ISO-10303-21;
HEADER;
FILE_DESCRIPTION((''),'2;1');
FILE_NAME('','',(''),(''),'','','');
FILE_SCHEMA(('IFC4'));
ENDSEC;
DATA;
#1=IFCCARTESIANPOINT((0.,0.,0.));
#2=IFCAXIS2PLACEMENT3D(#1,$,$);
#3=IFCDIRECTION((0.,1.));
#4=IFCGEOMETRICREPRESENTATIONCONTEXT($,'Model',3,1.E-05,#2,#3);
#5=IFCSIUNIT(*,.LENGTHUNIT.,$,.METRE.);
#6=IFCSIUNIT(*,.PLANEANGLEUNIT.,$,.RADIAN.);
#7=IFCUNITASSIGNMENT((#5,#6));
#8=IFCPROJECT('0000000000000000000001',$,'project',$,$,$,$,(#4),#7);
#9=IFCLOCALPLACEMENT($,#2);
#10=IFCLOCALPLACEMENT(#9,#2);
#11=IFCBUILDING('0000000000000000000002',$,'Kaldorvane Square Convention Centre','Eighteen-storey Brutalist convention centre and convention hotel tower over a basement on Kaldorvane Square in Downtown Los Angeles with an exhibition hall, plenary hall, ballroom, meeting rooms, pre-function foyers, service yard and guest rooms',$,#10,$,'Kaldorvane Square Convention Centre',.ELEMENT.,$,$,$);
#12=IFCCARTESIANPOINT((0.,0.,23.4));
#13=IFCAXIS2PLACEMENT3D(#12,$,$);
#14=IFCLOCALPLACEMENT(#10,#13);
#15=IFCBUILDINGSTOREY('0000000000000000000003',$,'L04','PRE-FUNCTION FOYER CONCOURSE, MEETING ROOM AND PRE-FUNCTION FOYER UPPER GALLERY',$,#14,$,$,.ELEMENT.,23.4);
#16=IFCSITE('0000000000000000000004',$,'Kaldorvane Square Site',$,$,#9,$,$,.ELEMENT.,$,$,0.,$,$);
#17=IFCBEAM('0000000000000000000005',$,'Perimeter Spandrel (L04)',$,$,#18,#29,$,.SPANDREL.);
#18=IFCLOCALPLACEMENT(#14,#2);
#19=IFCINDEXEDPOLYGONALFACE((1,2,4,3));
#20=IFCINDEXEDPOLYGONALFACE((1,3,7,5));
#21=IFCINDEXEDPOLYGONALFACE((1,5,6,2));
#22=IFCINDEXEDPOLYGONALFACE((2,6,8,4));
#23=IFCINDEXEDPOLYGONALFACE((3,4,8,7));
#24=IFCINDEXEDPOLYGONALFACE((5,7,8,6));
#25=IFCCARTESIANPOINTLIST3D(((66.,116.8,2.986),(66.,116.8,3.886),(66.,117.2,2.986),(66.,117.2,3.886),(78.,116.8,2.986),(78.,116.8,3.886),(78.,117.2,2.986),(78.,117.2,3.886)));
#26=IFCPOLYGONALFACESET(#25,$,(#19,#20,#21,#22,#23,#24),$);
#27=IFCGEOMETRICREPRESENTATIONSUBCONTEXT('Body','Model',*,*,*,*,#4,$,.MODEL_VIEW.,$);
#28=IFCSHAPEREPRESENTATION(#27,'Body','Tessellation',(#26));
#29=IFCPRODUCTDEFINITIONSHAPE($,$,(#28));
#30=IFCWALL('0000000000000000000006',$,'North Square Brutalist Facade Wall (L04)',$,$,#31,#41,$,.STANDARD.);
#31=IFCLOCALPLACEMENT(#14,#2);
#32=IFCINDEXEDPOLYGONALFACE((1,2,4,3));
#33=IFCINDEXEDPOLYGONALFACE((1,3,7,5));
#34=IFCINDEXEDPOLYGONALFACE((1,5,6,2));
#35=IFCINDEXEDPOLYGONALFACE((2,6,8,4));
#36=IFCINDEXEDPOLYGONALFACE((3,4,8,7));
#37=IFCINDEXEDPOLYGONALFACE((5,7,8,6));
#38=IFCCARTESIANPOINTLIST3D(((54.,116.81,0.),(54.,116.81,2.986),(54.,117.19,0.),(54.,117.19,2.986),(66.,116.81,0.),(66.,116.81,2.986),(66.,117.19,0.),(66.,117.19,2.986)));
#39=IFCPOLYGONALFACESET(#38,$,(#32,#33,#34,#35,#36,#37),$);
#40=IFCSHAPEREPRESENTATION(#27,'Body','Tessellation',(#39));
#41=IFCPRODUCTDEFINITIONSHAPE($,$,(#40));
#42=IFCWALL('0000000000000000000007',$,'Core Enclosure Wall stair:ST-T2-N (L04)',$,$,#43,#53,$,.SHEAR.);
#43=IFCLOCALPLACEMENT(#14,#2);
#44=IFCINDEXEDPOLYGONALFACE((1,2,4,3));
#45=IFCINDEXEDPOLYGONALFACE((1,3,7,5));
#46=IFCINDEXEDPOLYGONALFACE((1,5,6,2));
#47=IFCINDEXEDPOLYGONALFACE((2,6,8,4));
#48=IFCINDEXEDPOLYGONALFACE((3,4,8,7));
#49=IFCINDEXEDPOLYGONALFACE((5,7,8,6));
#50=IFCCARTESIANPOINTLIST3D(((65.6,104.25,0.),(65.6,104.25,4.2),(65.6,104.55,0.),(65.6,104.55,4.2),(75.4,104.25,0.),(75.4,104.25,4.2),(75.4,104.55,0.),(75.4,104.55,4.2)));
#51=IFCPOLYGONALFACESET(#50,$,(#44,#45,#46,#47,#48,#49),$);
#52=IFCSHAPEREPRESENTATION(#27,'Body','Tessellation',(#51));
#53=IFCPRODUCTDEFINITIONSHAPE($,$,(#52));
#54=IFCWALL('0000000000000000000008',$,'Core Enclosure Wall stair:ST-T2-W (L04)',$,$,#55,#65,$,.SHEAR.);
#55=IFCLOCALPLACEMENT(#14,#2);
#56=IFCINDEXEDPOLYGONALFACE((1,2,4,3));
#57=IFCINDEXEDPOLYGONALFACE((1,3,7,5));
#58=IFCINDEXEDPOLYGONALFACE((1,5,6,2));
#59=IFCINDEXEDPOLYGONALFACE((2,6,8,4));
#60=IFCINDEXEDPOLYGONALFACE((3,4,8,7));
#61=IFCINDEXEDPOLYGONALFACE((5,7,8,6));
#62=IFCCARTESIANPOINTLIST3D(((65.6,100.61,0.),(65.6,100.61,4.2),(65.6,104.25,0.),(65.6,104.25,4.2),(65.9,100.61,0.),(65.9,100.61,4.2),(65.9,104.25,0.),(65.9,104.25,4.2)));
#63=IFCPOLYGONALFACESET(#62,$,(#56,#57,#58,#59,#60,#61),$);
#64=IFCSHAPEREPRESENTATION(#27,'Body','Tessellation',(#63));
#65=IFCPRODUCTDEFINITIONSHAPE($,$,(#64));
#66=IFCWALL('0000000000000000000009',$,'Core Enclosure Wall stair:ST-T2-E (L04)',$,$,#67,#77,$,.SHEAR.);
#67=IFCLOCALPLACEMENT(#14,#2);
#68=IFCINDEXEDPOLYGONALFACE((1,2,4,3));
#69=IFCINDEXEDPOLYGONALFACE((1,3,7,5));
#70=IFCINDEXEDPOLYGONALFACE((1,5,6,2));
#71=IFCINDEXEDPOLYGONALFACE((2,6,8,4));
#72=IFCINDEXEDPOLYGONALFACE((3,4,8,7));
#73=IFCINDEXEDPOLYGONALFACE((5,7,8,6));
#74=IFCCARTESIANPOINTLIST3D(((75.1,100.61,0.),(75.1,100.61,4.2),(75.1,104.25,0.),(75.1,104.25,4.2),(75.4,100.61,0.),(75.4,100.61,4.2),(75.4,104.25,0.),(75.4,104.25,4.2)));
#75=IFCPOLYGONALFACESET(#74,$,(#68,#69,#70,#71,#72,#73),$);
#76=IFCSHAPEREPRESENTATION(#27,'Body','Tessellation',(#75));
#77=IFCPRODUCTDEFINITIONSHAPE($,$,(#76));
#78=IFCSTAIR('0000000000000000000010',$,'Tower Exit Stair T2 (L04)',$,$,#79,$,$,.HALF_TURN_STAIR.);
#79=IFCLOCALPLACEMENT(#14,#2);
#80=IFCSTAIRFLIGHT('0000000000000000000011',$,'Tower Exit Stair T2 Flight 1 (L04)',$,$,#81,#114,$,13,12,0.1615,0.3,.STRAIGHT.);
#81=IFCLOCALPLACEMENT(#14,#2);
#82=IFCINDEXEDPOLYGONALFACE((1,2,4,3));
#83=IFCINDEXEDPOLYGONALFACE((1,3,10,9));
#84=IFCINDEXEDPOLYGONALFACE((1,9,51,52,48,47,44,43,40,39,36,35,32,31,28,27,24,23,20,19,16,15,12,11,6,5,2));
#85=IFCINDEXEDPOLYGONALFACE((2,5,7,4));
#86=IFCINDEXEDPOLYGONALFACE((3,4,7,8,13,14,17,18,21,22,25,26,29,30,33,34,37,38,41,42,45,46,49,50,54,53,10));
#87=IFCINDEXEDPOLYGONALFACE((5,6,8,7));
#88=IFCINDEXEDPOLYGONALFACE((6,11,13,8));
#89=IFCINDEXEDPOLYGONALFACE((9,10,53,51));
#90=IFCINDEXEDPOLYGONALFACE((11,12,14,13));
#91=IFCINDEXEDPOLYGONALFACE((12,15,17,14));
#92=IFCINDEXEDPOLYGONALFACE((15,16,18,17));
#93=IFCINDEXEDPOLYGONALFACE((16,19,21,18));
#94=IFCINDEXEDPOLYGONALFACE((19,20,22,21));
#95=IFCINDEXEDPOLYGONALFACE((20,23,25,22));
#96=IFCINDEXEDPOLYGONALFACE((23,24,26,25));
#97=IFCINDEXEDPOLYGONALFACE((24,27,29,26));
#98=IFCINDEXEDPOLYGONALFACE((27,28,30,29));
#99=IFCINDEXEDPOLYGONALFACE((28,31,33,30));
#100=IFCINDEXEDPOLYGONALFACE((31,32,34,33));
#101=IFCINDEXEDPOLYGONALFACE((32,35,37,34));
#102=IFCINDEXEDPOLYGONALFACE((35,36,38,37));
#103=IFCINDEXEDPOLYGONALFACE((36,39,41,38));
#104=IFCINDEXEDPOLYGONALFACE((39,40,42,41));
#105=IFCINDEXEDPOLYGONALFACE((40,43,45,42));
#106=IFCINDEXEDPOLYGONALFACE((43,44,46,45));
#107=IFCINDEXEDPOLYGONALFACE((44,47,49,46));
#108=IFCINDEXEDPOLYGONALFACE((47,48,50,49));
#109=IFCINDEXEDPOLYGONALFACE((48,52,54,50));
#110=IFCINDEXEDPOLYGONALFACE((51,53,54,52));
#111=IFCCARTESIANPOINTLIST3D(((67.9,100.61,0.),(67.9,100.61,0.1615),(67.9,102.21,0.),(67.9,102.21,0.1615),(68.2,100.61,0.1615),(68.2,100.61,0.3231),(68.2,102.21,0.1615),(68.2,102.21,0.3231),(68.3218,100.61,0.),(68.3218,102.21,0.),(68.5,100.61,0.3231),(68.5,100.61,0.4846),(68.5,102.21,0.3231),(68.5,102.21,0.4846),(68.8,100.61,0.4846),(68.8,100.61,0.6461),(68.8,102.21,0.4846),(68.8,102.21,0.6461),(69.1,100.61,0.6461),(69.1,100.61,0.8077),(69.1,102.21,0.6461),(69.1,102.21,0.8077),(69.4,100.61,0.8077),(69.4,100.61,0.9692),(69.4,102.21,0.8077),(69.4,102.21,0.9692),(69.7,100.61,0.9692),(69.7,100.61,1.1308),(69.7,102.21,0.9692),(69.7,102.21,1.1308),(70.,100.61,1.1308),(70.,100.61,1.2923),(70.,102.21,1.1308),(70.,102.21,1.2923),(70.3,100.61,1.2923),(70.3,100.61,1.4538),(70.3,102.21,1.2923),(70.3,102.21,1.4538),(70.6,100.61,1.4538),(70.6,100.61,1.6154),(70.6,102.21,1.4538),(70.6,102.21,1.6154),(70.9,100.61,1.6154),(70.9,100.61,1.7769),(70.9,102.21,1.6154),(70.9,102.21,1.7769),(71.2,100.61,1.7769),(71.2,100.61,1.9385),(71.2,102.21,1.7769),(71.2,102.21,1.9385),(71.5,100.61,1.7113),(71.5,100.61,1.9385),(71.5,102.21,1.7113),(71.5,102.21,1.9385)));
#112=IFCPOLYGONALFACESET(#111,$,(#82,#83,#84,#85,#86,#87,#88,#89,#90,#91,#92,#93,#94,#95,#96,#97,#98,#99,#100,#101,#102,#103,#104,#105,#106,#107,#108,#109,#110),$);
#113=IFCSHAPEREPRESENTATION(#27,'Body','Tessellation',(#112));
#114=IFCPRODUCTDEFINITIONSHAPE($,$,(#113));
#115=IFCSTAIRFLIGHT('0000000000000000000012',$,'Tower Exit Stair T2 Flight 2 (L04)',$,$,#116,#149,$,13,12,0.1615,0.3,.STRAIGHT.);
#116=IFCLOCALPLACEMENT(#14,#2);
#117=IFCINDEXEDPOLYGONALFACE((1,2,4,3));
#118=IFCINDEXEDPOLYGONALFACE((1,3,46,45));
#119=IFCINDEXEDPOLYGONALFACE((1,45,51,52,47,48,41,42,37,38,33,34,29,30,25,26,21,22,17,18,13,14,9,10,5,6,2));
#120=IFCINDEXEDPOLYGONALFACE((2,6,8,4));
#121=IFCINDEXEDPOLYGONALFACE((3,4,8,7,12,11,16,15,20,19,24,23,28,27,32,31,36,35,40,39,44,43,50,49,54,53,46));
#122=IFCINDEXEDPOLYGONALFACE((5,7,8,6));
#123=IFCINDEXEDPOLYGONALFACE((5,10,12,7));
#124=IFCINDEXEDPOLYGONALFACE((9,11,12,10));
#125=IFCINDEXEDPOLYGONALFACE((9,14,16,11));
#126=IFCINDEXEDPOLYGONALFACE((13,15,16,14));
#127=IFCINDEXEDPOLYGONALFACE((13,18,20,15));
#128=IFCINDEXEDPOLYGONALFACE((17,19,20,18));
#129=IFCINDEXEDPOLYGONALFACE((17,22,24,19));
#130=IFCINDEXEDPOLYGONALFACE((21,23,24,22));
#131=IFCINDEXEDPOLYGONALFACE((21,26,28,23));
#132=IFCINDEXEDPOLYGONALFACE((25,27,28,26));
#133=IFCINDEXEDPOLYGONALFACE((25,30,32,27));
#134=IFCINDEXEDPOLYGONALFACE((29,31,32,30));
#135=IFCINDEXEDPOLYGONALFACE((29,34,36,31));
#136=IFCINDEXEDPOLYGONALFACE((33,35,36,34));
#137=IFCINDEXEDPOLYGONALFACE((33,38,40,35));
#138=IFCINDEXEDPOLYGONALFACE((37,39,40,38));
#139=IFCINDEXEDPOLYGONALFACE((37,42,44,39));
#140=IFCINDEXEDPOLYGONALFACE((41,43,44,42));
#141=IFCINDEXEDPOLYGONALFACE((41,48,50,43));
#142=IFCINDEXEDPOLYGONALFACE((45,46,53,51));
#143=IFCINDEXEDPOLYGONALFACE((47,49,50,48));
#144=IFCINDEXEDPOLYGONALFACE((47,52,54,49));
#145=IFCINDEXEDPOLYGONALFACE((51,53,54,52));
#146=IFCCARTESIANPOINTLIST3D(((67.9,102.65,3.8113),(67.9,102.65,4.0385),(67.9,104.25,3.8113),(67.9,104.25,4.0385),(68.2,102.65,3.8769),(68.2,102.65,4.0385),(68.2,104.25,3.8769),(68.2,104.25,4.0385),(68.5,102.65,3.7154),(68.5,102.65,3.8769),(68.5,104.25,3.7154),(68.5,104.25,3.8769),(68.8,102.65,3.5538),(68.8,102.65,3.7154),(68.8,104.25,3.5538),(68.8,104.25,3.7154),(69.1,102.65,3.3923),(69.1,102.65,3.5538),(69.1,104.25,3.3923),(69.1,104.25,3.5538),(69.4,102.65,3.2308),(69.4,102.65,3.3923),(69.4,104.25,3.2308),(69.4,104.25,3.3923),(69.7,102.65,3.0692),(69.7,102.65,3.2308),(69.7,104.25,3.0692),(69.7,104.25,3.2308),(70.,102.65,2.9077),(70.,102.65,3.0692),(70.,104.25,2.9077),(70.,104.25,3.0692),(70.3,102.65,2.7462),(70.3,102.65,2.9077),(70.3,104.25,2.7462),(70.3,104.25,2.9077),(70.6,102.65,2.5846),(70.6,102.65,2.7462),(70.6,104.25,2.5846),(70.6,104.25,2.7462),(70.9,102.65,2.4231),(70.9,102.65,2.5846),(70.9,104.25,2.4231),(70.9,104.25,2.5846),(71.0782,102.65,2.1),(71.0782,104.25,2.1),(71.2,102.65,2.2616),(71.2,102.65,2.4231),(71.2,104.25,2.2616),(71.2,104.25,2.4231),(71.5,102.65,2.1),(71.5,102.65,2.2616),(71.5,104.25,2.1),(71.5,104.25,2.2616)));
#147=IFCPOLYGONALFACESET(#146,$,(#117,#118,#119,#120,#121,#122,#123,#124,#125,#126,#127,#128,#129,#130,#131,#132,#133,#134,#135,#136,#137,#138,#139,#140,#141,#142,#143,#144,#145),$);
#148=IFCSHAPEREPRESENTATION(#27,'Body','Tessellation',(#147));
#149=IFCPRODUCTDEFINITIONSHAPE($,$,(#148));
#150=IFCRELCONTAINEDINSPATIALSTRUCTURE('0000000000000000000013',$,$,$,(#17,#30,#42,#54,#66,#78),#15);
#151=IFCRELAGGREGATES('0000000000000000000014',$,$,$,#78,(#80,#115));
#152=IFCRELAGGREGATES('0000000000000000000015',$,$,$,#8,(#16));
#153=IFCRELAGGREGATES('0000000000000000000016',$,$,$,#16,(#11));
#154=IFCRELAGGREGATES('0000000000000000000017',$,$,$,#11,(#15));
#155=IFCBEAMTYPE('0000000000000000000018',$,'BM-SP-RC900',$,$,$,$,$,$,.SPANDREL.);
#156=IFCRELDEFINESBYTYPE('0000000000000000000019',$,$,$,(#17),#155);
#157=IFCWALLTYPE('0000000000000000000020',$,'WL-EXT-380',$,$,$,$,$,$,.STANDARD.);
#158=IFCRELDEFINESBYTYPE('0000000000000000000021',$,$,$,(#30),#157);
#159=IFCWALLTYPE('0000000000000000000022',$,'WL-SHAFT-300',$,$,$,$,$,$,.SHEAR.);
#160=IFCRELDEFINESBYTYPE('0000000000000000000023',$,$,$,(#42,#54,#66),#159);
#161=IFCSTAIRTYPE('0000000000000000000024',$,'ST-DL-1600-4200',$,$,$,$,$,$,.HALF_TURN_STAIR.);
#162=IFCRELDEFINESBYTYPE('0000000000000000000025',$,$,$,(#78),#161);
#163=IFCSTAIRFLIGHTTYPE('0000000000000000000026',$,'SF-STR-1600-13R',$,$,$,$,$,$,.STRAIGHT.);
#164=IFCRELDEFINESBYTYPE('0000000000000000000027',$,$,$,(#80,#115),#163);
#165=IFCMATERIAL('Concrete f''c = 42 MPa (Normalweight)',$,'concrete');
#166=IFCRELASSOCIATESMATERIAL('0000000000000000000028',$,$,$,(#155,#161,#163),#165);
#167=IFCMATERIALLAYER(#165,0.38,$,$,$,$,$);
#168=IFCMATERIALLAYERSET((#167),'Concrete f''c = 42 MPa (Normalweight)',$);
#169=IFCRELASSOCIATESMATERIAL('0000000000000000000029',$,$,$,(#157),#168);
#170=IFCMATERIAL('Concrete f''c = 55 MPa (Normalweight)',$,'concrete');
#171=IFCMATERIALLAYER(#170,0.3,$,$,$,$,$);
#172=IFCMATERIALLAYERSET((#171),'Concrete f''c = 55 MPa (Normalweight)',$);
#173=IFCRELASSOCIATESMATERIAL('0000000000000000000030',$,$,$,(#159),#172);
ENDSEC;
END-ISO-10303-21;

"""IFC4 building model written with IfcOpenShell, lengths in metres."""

from ifc_helpers import new_model, si_unit, direction, frame, frame_2d, origin, origin_2d, place, context, subcontext, project, spatial, polyline, rectangle, outline, extrude, material, layer, layer_set, material_profile, profile_set, type_object, element, aggregate, save


model = new_model("IFC4")

# Units and contexts
model_context = context("Model", 3, precision=1e-05, world=origin(), true_north=direction((0.0, 1.0)))
body_context = subcontext(model_context, "Body", "Model", "MODEL_VIEW")
ifc_project = project(units=[si_unit("LENGTHUNIT", "METRE"), si_unit("PLANEANGLEUNIT", "RADIAN")], contexts=[model_context])

# Site, building, storey
site_placement = place(None, origin())
site = spatial("IfcSite", under=ifc_project, at=site_placement, Name="Kaldorvane Square Site", CompositionType="ELEMENT", RefElevation=0.0)
building_placement = place(site_placement, origin())
building = spatial("IfcBuilding", under=site, at=building_placement, Name="Kaldorvane Square Convention Centre", Description="Eighteen-storey Brutalist convention centre and convention hotel tower over a basement on Kaldorvane Square in Downtown Los Angeles with an exhibition hall, plenary hall, ballroom, meeting rooms, pre-function foyers, service yard and guest rooms", LongName="Kaldorvane Square Convention Centre", CompositionType="ELEMENT")
storey_placement = place(building_placement, frame((0.0, 0.0, 23.4)))
storey = spatial("IfcBuildingStorey", under=building, at=storey_placement, Name="L04", Description="PRE-FUNCTION FOYER CONCOURSE, MEETING ROOM AND PRE-FUNCTION FOYER UPPER GALLERY", CompositionType="ELEMENT", Elevation=23.4)

# Shared definitions
ifc_material_1 = material(Name="Concrete f'c = 55 MPa (Normalweight)", Category="concrete")

# Beam
ifc_material_2 = material(Name="Concrete f'c = 42 MPa (Normalweight)", Category="concrete")
ifc_material_profile_1 = material_profile(ifc_material_2, rectangle(XDim=0.4, YDim=0.9, at=origin_2d()), Name="RCSP900X400")
ifc_profile_set_1 = profile_set([ifc_material_profile_1], Name="Concrete f'c = 42 MPa (Normalweight)")
beam_type_1 = type_object("IfcBeamType", Name="BM-SP-RC900", PredefinedType="SPANDREL", material=ifc_profile_set_1)
beam_1_placement = place(storey_placement, frame((66.0, 117.0, 3.436), z_axis=(1.0, 0.0, 0.0), x_axis=(0.0, 1.0, 0.0)))
element("IfcBeam", 1, at=beam_1_placement, inside=storey, type_object=beam_type_1, Name="Perimeter Spandrel (L04)", PredefinedType="SPANDREL", context=body_context, shape_type="SweptSolid", body=[
    extrude(rectangle(XDim=0.4, YDim=0.9, at=origin_2d()), origin(), (0.0, 0.0, 1.0), 12.0),
])

# Walls
ifc_layer_1 = layer(ifc_material_2, 0.38)
ifc_layer_set_1 = layer_set([ifc_layer_1], Name="Concrete f'c = 42 MPa (Normalweight)")
wall_type_1 = type_object("IfcWallType", Name="WL-EXT-380", PredefinedType="STANDARD", material=ifc_layer_set_1)
wall_1_placement = place(storey_placement, frame((66.0, 117.0, 0.0), z_axis=(0.0, 0.0, 1.0), x_axis=(-1.0, 0.0, 0.0)))
element("IfcWall", 2, at=wall_1_placement, inside=storey, type_object=wall_type_1, Name="North Square Brutalist Facade Wall (L04)", PredefinedType="STANDARD", context=body_context, shape_type="SweptSolid", body=[
    extrude(rectangle(XDim=12.0, YDim=0.38, at=frame_2d((6.0, 0.0))), origin(), (0.0, 0.0, 1.0), 2.986),
])
ifc_layer_2 = layer(ifc_material_1, 0.3)
ifc_layer_set_2 = layer_set([ifc_layer_2], Name="Concrete f'c = 55 MPa (Normalweight)")
wall_type_2 = type_object("IfcWallType", Name="WL-SHAFT-300", PredefinedType="SHEAR", material=ifc_layer_set_2)
wall_2_placement = place(storey_placement, frame((75.4, 104.4, 0.0), z_axis=(0.0, 0.0, 1.0), x_axis=(-1.0, 0.0, 0.0)))
element("IfcWall", 3, at=wall_2_placement, inside=storey, type_object=wall_type_2, Name="Core Enclosure Wall stair:ST-T2-N (L04)", PredefinedType="SHEAR", context=body_context, shape_type="SweptSolid", body=[
    extrude(rectangle(XDim=9.8, YDim=0.3, at=frame_2d((4.9, 0.0))), origin(), (0.0, 0.0, 1.0), 4.2),
])
for number, where, z_axis, x_axis, name in (
    (4, (65.75, 104.25, 0.0), (0.0, 0.0, 1.0), (0.0, -1.0, 0.0), "Core Enclosure Wall stair:ST-T2-W (L04)"),
    (5, (75.25, 100.61, 0.0), (0.0, 0.0, 1.0), (0.0, 1.0, 0.0), "Core Enclosure Wall stair:ST-T2-E (L04)"),
):
    element("IfcWall", number, at=place(storey_placement, frame(where, z_axis=z_axis, x_axis=x_axis)), inside=storey, type_object=wall_type_2, Name=name, PredefinedType="SHEAR", context=body_context, shape_type="SweptSolid", body=[
        extrude(rectangle(XDim=3.64, YDim=0.3, at=frame_2d((1.82, 0.0))), origin(), (0.0, 0.0, 1.0), 4.2),
    ])

# Stair, stair flights
stair_type = type_object("IfcStairType", Name="ST-DL-1600-4200", PredefinedType="HALF_TURN_STAIR", material=ifc_material_2)
stair_placement = place(storey_placement, origin())
stair = element("IfcStair", 6, at=stair_placement, inside=storey, type_object=stair_type, Name="Tower Exit Stair T2 (L04)", PredefinedType="HALF_TURN_STAIR")
stair_flight_type = type_object("IfcStairFlightType", Name="SF-STR-1600-13R", PredefinedType="STRAIGHT", material=ifc_material_2)
stair_flight_1_placement = place(storey_placement, frame((67.9, 101.41, 0.0), z_axis=(0.0, 0.0, 1.0), x_axis=(1.0, 0.0, 0.0)))
stair_flight_1 = element("IfcStairFlight", 7, at=stair_flight_1_placement, type_object=stair_flight_type, Name="Tower Exit Stair T2 Flight 1 (L04)", NumberOfRisers=13, NumberOfTreads=12, PredefinedType="STRAIGHT", RiserHeight=0.1615, TreadLength=0.3, context=body_context, shape_type="SweptSolid", body=[
    extrude(outline(polyline([(0.0, 0.0), (0.0, 0.1615), (0.3, 0.1615), (0.3, 0.3231), (0.6, 0.3231), (0.6, 0.4846), (0.9, 0.4846), (0.9, 0.6461), (1.2, 0.6461), (1.2, 0.8077), (1.5, 0.8077), (1.5, 0.9692), (1.8, 0.9692), (1.8, 1.1308), (2.1, 1.1308), (2.1, 1.2923), (2.4, 1.2923), (2.4, 1.4538), (2.7, 1.4538), (2.7, 1.6154), (3.0, 1.6154), (3.0, 1.7769), (3.3, 1.7769), (3.3, 1.9385), (3.6, 1.9385), (3.6, 2.1), (3.6, 1.7113), (0.4218, 0.0), (0.0, 0.0)])), frame((0.0, 0.8, 0.0), z_axis=(0.0, -1.0, 0.0), x_axis=(1.0, 0.0, 0.0)), (0.0, 0.0, 1.0), 1.6),
])
stair_flight_2_placement = place(storey_placement, frame((71.5, 103.45, 2.1), z_axis=(0.0, 0.0, 1.0), x_axis=(-1.0, 0.0, 0.0)))
stair_flight_2 = element("IfcStairFlight", 8, at=stair_flight_2_placement, type_object=stair_flight_type, Name="Tower Exit Stair T2 Flight 2 (L04)", NumberOfRisers=13, NumberOfTreads=12, PredefinedType="STRAIGHT", RiserHeight=0.1615, TreadLength=0.3, context=body_context, shape_type="SweptSolid", body=[
    extrude(outline(polyline([(0.0, 0.0), (0.0, 0.1615), (0.3, 0.1615), (0.3, 0.3231), (0.6, 0.3231), (0.6, 0.4846), (0.9, 0.4846), (0.9, 0.6461), (1.2, 0.6461), (1.2, 0.8077), (1.5, 0.8077), (1.5, 0.9692), (1.8, 0.9692), (1.8, 1.1308), (2.1, 1.1308), (2.1, 1.2923), (2.4, 1.2923), (2.4, 1.4538), (2.7, 1.4538), (2.7, 1.6154), (3.0, 1.6154), (3.0, 1.7769), (3.3, 1.7769), (3.3, 1.9385), (3.6, 1.9385), (3.6, 2.1), (3.6, 1.7113), (0.4218, 0.0), (0.0, 0.0)])), frame((0.0, 0.8, 0.0), z_axis=(0.0, -1.0, 0.0), x_axis=(1.0, 0.0, 0.0)), (0.0, 0.0, 1.0), 1.6),
])
aggregate(stair, [stair_flight_1, stair_flight_2])

save(model, "model.ifc")
